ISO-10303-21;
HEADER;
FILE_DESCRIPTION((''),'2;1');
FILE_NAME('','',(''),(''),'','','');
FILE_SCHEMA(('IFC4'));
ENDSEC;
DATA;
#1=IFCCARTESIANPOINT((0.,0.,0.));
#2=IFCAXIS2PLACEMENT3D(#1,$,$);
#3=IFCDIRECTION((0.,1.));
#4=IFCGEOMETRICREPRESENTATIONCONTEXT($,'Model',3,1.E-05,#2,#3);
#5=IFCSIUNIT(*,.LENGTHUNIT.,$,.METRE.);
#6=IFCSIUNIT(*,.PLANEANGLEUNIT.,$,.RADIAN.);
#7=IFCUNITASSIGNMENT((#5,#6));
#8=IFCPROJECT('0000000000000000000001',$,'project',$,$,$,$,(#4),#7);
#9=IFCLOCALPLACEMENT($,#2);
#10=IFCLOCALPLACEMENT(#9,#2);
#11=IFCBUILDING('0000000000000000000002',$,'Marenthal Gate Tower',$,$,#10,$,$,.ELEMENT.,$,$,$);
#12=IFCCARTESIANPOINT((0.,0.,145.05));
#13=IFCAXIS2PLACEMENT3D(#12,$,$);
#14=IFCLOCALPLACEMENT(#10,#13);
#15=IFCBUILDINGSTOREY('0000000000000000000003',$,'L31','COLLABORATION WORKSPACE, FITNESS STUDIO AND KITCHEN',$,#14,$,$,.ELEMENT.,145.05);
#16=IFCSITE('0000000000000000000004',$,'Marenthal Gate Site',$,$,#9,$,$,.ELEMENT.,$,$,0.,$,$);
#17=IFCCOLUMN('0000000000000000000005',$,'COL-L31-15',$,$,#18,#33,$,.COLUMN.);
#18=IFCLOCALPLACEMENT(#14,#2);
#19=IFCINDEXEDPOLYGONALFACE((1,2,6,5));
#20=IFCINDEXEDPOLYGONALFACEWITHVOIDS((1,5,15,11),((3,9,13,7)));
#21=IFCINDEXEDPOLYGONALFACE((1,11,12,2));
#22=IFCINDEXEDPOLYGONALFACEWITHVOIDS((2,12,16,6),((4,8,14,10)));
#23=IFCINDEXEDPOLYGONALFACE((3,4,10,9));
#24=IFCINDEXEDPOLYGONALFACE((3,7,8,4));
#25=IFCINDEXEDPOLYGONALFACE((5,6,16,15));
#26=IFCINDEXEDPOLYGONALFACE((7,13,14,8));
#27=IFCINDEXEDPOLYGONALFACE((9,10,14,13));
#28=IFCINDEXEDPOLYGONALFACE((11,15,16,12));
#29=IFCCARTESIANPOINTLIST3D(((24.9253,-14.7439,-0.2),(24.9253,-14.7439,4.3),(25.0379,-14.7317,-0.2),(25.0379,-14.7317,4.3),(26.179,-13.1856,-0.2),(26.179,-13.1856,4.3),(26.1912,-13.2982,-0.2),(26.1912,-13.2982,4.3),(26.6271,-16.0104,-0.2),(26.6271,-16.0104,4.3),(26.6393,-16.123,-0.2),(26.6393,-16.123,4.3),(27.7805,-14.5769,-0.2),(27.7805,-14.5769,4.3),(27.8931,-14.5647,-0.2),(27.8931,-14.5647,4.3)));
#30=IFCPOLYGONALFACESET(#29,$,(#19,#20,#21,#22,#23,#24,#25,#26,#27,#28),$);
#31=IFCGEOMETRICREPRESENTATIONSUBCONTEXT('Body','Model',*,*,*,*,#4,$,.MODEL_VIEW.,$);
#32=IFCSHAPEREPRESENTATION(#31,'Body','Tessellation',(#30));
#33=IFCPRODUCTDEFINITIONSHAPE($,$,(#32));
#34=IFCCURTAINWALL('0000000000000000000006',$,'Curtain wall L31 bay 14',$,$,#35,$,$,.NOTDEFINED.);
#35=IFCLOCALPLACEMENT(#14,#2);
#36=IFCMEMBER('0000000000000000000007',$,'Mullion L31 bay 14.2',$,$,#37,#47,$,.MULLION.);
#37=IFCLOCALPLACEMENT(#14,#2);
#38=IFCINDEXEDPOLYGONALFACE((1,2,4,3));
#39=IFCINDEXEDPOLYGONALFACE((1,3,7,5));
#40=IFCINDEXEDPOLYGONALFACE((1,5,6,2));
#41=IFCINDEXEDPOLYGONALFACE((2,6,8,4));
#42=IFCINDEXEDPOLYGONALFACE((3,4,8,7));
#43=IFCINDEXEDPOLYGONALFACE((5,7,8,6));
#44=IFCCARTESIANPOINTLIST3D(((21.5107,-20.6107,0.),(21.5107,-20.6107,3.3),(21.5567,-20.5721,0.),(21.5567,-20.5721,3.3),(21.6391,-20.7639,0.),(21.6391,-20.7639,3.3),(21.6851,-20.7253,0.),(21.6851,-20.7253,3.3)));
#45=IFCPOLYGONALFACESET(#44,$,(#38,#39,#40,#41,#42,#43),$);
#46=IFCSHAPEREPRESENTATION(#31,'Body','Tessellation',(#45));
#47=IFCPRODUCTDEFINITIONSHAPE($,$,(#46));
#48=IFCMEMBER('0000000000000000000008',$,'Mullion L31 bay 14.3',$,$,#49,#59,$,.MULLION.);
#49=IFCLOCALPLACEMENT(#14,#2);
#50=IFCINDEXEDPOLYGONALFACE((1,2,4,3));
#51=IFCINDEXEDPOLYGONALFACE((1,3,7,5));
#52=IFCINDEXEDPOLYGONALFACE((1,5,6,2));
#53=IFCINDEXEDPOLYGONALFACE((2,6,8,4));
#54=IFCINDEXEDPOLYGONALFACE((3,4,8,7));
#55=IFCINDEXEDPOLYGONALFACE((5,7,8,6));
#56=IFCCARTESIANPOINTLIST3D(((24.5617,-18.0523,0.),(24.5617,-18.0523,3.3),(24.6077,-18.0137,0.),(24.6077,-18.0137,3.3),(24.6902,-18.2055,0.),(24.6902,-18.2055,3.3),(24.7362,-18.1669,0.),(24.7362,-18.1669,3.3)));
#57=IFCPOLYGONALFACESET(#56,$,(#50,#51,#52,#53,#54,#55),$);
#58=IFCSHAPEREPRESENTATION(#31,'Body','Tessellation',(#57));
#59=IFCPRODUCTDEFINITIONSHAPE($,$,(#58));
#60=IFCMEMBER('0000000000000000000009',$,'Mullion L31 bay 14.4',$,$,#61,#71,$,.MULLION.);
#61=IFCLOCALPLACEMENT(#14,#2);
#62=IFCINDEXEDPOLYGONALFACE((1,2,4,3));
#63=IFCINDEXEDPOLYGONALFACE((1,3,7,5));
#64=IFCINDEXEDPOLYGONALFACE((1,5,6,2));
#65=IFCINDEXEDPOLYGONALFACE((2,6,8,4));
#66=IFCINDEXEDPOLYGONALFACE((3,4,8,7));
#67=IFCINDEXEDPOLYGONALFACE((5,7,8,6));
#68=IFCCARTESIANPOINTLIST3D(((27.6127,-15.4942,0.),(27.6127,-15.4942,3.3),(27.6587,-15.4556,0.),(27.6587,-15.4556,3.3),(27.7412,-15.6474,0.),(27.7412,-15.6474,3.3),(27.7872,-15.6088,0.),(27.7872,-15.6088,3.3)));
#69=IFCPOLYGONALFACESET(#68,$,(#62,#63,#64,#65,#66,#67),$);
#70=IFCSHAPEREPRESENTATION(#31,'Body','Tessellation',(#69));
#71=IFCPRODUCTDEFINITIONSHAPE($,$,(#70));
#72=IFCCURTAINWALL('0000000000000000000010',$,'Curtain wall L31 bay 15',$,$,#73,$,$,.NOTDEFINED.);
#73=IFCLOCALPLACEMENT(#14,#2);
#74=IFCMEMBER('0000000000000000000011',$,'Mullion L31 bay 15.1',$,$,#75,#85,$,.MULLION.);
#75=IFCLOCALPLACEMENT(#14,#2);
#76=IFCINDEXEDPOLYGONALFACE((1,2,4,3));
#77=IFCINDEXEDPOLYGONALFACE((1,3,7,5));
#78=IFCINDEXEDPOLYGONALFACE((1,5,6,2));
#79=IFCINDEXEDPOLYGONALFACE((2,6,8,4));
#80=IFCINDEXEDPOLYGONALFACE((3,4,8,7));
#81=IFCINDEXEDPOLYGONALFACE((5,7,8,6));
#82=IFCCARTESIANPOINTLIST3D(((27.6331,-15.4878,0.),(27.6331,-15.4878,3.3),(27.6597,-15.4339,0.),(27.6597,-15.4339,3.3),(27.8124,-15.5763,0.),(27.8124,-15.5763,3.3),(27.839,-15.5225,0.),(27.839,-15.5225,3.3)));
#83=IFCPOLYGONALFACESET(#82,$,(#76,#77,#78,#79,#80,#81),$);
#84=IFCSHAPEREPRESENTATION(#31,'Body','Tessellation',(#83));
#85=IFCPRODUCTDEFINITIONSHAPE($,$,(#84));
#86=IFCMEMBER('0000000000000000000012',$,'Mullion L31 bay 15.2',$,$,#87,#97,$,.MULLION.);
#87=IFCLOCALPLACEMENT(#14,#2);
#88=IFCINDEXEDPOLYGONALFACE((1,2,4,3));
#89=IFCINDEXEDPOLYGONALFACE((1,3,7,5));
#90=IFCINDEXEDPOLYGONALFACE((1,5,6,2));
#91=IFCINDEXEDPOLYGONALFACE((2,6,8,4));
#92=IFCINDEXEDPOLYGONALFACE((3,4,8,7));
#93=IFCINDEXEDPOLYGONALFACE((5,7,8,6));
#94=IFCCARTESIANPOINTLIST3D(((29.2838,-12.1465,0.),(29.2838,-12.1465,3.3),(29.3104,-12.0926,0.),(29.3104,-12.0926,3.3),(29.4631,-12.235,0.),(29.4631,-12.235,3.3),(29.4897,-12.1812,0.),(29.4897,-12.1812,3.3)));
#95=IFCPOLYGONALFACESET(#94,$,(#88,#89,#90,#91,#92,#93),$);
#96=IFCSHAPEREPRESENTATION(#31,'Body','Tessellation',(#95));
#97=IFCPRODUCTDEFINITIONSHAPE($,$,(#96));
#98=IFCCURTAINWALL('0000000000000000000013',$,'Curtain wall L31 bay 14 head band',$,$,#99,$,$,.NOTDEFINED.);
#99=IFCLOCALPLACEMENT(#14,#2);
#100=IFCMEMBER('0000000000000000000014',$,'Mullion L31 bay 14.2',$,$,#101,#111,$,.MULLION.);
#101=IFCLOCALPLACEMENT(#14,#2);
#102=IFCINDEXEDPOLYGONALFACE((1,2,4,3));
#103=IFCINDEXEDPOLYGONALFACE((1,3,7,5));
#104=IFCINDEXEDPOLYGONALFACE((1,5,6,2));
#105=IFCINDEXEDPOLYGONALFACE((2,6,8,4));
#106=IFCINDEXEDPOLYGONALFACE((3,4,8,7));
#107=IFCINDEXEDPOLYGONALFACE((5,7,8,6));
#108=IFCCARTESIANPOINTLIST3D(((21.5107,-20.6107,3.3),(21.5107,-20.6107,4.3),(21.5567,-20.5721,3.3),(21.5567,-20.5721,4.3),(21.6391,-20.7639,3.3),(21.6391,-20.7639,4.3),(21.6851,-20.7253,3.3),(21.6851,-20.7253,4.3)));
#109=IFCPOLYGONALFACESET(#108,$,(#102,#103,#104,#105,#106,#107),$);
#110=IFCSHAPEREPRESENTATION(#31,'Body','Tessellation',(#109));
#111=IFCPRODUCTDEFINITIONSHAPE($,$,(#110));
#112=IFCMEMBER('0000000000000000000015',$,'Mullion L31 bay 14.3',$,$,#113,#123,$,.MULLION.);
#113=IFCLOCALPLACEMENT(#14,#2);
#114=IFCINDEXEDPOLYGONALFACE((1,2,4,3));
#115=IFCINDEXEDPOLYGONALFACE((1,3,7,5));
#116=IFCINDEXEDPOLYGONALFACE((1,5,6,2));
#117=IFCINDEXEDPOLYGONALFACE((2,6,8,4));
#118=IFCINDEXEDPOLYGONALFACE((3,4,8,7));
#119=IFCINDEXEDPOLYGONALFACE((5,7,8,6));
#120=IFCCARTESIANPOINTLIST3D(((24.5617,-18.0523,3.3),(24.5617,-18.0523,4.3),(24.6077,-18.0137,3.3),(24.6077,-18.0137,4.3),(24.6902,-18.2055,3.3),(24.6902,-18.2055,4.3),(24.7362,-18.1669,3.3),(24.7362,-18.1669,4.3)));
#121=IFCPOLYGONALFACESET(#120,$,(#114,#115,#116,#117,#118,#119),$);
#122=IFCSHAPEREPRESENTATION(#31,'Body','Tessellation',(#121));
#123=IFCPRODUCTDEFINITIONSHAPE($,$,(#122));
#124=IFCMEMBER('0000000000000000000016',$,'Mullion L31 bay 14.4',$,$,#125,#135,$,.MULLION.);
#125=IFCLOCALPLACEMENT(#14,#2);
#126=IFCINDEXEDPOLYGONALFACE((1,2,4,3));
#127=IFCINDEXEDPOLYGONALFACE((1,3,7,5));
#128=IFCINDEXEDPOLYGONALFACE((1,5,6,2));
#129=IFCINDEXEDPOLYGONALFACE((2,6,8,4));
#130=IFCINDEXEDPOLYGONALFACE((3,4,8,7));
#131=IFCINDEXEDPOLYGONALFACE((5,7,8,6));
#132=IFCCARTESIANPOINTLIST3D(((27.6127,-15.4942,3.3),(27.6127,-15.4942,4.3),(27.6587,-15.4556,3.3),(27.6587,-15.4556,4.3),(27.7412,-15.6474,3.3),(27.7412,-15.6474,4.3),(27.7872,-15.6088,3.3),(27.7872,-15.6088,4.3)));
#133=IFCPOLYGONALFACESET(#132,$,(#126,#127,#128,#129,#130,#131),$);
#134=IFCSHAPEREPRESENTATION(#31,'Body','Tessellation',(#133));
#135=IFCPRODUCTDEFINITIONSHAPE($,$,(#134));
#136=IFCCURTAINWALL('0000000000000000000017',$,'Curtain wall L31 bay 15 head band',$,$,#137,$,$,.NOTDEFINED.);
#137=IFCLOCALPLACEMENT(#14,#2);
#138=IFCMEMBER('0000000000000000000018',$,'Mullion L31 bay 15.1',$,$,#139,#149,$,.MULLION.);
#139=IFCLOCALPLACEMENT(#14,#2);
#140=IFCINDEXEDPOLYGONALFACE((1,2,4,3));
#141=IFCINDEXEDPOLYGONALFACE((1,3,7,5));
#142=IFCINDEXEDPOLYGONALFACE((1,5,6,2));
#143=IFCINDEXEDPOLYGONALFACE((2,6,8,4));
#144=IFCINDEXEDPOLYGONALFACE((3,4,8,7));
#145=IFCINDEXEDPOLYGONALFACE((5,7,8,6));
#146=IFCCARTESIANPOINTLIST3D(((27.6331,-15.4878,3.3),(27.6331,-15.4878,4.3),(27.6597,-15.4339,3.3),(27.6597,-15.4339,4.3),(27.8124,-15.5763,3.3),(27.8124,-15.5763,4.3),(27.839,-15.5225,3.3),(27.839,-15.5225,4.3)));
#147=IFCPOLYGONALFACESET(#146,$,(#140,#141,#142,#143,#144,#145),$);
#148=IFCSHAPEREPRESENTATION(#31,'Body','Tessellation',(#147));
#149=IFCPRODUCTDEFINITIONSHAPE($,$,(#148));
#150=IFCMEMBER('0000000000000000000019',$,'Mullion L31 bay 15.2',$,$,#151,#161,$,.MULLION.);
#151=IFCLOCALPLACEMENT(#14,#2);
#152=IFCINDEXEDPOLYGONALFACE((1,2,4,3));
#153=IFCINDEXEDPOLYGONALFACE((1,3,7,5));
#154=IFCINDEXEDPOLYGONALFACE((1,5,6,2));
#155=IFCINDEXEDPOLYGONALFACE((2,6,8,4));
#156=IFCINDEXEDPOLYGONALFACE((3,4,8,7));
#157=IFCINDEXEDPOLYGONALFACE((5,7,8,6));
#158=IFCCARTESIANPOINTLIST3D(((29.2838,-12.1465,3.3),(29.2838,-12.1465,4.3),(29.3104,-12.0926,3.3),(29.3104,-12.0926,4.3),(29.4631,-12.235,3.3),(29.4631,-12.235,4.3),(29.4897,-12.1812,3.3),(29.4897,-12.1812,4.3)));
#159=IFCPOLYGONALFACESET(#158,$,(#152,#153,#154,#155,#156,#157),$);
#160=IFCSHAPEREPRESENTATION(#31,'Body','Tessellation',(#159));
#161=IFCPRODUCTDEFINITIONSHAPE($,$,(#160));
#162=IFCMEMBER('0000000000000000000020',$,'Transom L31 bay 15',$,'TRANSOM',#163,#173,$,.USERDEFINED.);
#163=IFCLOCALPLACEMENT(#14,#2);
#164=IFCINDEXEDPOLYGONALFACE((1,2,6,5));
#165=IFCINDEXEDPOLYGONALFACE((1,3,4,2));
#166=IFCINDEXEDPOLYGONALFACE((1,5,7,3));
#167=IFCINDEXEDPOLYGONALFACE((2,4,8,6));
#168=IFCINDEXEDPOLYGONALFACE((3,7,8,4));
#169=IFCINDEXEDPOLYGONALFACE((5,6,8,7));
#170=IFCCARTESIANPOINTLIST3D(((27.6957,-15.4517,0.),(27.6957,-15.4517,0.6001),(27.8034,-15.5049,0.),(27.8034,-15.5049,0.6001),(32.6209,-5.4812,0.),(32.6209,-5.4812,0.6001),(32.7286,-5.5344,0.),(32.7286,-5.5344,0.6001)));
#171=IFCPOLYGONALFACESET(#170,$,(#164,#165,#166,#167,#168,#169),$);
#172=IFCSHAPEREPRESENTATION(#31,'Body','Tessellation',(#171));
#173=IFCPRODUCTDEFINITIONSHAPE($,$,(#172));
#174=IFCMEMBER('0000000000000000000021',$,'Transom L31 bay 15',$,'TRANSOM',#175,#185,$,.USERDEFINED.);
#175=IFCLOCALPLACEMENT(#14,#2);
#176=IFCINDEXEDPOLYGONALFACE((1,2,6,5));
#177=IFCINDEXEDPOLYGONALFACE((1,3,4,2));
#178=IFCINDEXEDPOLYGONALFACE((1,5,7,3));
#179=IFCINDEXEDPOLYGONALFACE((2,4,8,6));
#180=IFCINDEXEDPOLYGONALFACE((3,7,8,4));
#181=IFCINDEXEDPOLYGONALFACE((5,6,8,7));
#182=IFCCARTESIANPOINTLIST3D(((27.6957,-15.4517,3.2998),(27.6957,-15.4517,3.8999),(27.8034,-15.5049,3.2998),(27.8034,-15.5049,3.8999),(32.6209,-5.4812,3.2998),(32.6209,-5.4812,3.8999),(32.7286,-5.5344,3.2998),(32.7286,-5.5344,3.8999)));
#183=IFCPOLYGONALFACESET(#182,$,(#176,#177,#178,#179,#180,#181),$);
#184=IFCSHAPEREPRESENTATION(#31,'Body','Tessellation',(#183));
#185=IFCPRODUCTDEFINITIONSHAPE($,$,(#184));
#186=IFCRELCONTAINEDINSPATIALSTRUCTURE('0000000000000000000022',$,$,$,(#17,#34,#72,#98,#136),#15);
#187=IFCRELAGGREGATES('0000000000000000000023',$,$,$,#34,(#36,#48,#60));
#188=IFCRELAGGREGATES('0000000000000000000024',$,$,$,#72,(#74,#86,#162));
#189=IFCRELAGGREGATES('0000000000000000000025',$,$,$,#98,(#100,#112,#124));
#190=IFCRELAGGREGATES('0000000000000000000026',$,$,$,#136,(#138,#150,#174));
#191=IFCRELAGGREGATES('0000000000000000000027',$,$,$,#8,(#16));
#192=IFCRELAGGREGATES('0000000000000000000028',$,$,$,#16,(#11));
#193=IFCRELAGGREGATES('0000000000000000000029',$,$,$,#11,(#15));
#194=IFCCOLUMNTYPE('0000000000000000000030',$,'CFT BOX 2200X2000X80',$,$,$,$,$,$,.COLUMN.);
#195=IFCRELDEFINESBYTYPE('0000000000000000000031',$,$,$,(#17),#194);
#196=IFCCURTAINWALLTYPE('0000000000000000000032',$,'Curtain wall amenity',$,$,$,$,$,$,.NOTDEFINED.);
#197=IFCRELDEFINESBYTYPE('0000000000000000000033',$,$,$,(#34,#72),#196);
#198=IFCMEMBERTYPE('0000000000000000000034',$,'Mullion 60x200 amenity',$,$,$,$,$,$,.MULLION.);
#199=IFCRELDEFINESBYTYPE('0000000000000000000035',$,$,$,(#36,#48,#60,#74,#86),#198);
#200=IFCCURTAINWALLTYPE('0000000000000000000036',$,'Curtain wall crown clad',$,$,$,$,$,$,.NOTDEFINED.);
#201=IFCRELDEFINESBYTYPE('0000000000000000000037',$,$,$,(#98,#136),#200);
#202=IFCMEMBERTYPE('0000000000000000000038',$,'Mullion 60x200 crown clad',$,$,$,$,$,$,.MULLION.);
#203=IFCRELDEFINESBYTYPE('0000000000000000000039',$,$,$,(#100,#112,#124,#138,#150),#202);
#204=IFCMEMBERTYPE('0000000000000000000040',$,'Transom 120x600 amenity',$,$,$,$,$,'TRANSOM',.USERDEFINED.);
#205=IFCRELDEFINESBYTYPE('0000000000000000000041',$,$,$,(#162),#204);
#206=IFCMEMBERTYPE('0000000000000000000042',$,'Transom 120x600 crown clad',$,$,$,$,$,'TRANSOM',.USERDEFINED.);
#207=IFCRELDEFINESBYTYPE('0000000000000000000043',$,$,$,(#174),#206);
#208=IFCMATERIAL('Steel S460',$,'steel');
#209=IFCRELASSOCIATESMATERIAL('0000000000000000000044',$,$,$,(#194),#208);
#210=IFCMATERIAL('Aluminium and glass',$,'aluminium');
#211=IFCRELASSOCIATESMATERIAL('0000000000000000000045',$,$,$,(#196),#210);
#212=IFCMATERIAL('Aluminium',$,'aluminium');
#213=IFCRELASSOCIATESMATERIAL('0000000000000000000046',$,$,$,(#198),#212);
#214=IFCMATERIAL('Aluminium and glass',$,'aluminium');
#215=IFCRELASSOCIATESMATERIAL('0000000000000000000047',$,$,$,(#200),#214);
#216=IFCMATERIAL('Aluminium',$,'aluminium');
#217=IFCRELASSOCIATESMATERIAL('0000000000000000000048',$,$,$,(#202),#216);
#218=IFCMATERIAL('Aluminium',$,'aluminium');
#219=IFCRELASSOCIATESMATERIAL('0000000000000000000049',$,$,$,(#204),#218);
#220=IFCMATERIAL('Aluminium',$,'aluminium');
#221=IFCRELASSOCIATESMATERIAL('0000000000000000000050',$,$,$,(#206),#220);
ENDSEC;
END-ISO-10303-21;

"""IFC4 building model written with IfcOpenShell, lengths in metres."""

from ifc_helpers import new_model, si_unit, direction, frame, origin, origin_2d, place, context, subcontext, project, spatial, rectangle, hollow_rectangle, extrude, material, material_profile, profile_set, type_object, element, aggregate, save


model = new_model("IFC4")

# Units and contexts
model_context = context("Model", 3, precision=1e-05, world=origin(), true_north=direction((0.0, 1.0)))
body_context = subcontext(model_context, "Body", "Model", "MODEL_VIEW")
ifc_project = project(units=[si_unit("LENGTHUNIT", "METRE"), si_unit("PLANEANGLEUNIT", "RADIAN")], contexts=[model_context])

# Site, building, storey
site_placement = place(None, origin())
site = spatial("IfcSite", under=ifc_project, at=site_placement, Name="Marenthal Gate Site", CompositionType="ELEMENT", RefElevation=0.0)
building_placement = place(site_placement, origin())
building = spatial("IfcBuilding", under=site, at=building_placement, Name="Marenthal Gate Tower", CompositionType="ELEMENT")
storey_placement = place(building_placement, frame((0.0, 0.0, 145.05)))
storey = spatial("IfcBuildingStorey", under=building, at=storey_placement, Name="L31", Description="COLLABORATION WORKSPACE, FITNESS STUDIO AND KITCHEN", CompositionType="ELEMENT", Elevation=145.05)

# Column
ifc_material_1 = material(Name="Steel S460", Category="steel")
ifc_material_profile_1 = material_profile(ifc_material_1, hollow_rectangle(XDim=2.0, YDim=2.2, WallThickness=0.0801, at=origin_2d()), Name="CFT BOX 2200X2000X80")
ifc_material_2 = material(Name="Concrete 70 MPa", Category="concrete")
ifc_material_profile_2 = material_profile(ifc_material_2, rectangle(XDim=1.8401, YDim=2.04, at=origin_2d()), Name="CFT BOX 2200X2000X80 INFILL")
ifc_profile_set_1 = profile_set([ifc_material_profile_1, ifc_material_profile_2], Name="Steel S460 shell, Concrete 70 MPa infill")
column_type = type_object("IfcColumnType", Name="CFT BOX 2200X2000X80", PredefinedType="COLUMN", material=ifc_profile_set_1)
column_placement = place(storey_placement, frame((26.4092, -14.6543, -0.2), z_axis=(0.0, 0.0, 1.0), x_axis=(-0.626873, -0.779121, 0.0)))
element("IfcColumn", 1, at=column_placement, inside=storey, type_object=column_type, Name="COL-L31-15", PredefinedType="COLUMN", context=body_context, shape_type="SweptSolid", body=[
    extrude(hollow_rectangle(XDim=2.0, YDim=2.2, WallThickness=0.0801, at=origin_2d()), origin(), (0.0, 0.0, 1.0), 4.5),
])

# Curtain walls, members
ifc_material_3 = material(Name="Aluminium and glass", Category="aluminium")
curtain_wall_type_1 = type_object("IfcCurtainWallType", Name="Curtain wall amenity", PredefinedType="NOTDEFINED", material=ifc_material_3)
curtain_wall_1_placement = place(storey_placement, origin())
curtain_wall_1 = element("IfcCurtainWall", 2, at=curtain_wall_1_placement, inside=storey, type_object=curtain_wall_type_1, Name="Curtain wall L31 bay 14", PredefinedType="NOTDEFINED")
ifc_material_4 = material(Name="Aluminium", Category="aluminium")
ifc_material_profile_3 = material_profile(ifc_material_4, rectangle(XDim=0.2, YDim=0.0601, at=origin_2d()), Name="60x200 aluminium mullion")
ifc_profile_set_2 = profile_set([ifc_material_profile_3], Name="Aluminium")
member_type_1 = type_object("IfcMemberType", Name="Mullion 60x200 amenity", PredefinedType="MULLION", material=ifc_profile_set_2)
member_1_placement = place(storey_placement, frame((21.5979, -20.668, 0.0), z_axis=(0.0, 0.0, 1.0), x_axis=(-0.642511, 0.766277, 0.0)))
member_1 = element("IfcMember", 3, at=member_1_placement, type_object=member_type_1, Name="Mullion L31 bay 14.2", PredefinedType="MULLION", context=body_context, shape_type="SweptSolid", body=[
    extrude(rectangle(XDim=0.2, YDim=0.0601, at=origin_2d()), origin(), (0.0, 0.0, 1.0), 3.3),
])
member_2_placement = place(storey_placement, frame((24.6489, -18.1096, 0.0), z_axis=(0.0, 0.0, 1.0), x_axis=(-0.642511, 0.766277, 0.0)))
member_2 = element("IfcMember", 4, at=member_2_placement, type_object=member_type_1, Name="Mullion L31 bay 14.3", PredefinedType="MULLION", context=body_context, shape_type="SweptSolid", body=[
    extrude(rectangle(XDim=0.2, YDim=0.0601, at=origin_2d()), origin(), (0.0, 0.0, 1.0), 3.3),
])
member_3_placement = place(storey_placement, frame((27.7, -15.5515, 0.0), z_axis=(0.0, 0.0, 1.0), x_axis=(-0.642511, 0.766277, 0.0)))
member_3 = element("IfcMember", 5, at=member_3_placement, type_object=member_type_1, Name="Mullion L31 bay 14.4", PredefinedType="MULLION", context=body_context, shape_type="SweptSolid", body=[
    extrude(rectangle(XDim=0.2, YDim=0.0601, at=origin_2d()), origin(), (0.0, 0.0, 1.0), 3.3),
])
curtain_wall_2_placement = place(storey_placement, origin())
curtain_wall_2 = element("IfcCurtainWall", 6, at=curtain_wall_2_placement, inside=storey, type_object=curtain_wall_type_1, Name="Curtain wall L31 bay 15", PredefinedType="NOTDEFINED")
member_4_placement = place(storey_placement, frame((27.7361, -15.5051, 0.0), z_axis=(0.0, 0.0, 1.0), x_axis=(-0.896573, 0.442895, 0.0)))
member_4 = element("IfcMember", 7, at=member_4_placement, type_object=member_type_1, Name="Mullion L31 bay 15.1", PredefinedType="MULLION", context=body_context, shape_type="SweptSolid", body=[
    extrude(rectangle(XDim=0.2, YDim=0.0601, at=origin_2d()), origin(), (0.0, 0.0, 1.0), 3.3),
])
member_5_placement = place(storey_placement, frame((29.3867, -12.1638, 0.0), z_axis=(0.0, 0.0, 1.0), x_axis=(-0.896573, 0.442895, 0.0)))
member_5 = element("IfcMember", 8, at=member_5_placement, type_object=member_type_1, Name="Mullion L31 bay 15.2", PredefinedType="MULLION", context=body_context, shape_type="SweptSolid", body=[
    extrude(rectangle(XDim=0.2, YDim=0.0601, at=origin_2d()), origin(), (0.0, 0.0, 1.0), 3.3),
])
ifc_material_5 = material(Name="Aluminium and glass", Category="aluminium")
curtain_wall_type_2 = type_object("IfcCurtainWallType", Name="Curtain wall crown clad", PredefinedType="NOTDEFINED", material=ifc_material_5)
curtain_wall_3_placement = place(storey_placement, origin())
curtain_wall_3 = element("IfcCurtainWall", 9, at=curtain_wall_3_placement, inside=storey, type_object=curtain_wall_type_2, Name="Curtain wall L31 bay 14 head band", PredefinedType="NOTDEFINED")
ifc_material_6 = material(Name="Aluminium", Category="aluminium")
ifc_material_profile_4 = material_profile(ifc_material_6, rectangle(XDim=0.2, YDim=0.0601, at=origin_2d()), Name="60x200 aluminium mullion")
ifc_profile_set_3 = profile_set([ifc_material_profile_4], Name="Aluminium")
member_type_2 = type_object("IfcMemberType", Name="Mullion 60x200 crown clad", PredefinedType="MULLION", material=ifc_profile_set_3)
member_6_placement = place(storey_placement, frame((21.5979, -20.668, 3.3), z_axis=(0.0, 0.0, 1.0), x_axis=(-0.642511, 0.766277, 0.0)))
member_6 = element("IfcMember", 10, at=member_6_placement, type_object=member_type_2, Name="Mullion L31 bay 14.2", PredefinedType="MULLION", context=body_context, shape_type="SweptSolid", body=[
    extrude(rectangle(XDim=0.2, YDim=0.0601, at=origin_2d()), origin(), (0.0, 0.0, 1.0), 1.0),
])
member_7_placement = place(storey_placement, frame((24.6489, -18.1096, 3.3), z_axis=(0.0, 0.0, 1.0), x_axis=(-0.642511, 0.766277, 0.0)))
member_7 = element("IfcMember", 11, at=member_7_placement, type_object=member_type_2, Name="Mullion L31 bay 14.3", PredefinedType="MULLION", context=body_context, shape_type="SweptSolid", body=[
    extrude(rectangle(XDim=0.2, YDim=0.0601, at=origin_2d()), origin(), (0.0, 0.0, 1.0), 1.0),
])
member_8_placement = place(storey_placement, frame((27.7, -15.5515, 3.3), z_axis=(0.0, 0.0, 1.0), x_axis=(-0.642511, 0.766277, 0.0)))
member_8 = element("IfcMember", 12, at=member_8_placement, type_object=member_type_2, Name="Mullion L31 bay 14.4", PredefinedType="MULLION", context=body_context, shape_type="SweptSolid", body=[
    extrude(rectangle(XDim=0.2, YDim=0.0601, at=origin_2d()), origin(), (0.0, 0.0, 1.0), 1.0),
])
curtain_wall_4_placement = place(storey_placement, origin())
curtain_wall_4 = element("IfcCurtainWall", 13, at=curtain_wall_4_placement, inside=storey, type_object=curtain_wall_type_2, Name="Curtain wall L31 bay 15 head band", PredefinedType="NOTDEFINED")
member_9_placement = place(storey_placement, frame((27.7361, -15.5051, 3.3), z_axis=(0.0, 0.0, 1.0), x_axis=(-0.896573, 0.442895, 0.0)))
member_9 = element("IfcMember", 14, at=member_9_placement, type_object=member_type_2, Name="Mullion L31 bay 15.1", PredefinedType="MULLION", context=body_context, shape_type="SweptSolid", body=[
    extrude(rectangle(XDim=0.2, YDim=0.0601, at=origin_2d()), origin(), (0.0, 0.0, 1.0), 1.0),
])
member_10_placement = place(storey_placement, frame((29.3867, -12.1638, 3.3), z_axis=(0.0, 0.0, 1.0), x_axis=(-0.896573, 0.442895, 0.0)))
member_10 = element("IfcMember", 15, at=member_10_placement, type_object=member_type_2, Name="Mullion L31 bay 15.2", PredefinedType="MULLION", context=body_context, shape_type="SweptSolid", body=[
    extrude(rectangle(XDim=0.2, YDim=0.0601, at=origin_2d()), origin(), (0.0, 0.0, 1.0), 1.0),
])

# Members
ifc_material_7 = material(Name="Aluminium", Category="aluminium")
ifc_material_profile_5 = material_profile(ifc_material_7, rectangle(XDim=0.1201, YDim=0.6001, at=origin_2d()), Name="120x600 aluminium transom")
ifc_profile_set_4 = profile_set([ifc_material_profile_5], Name="Aluminium")
member_type_3 = type_object("IfcMemberType", Name="Transom 120x600 amenity", ElementType="TRANSOM", PredefinedType="USERDEFINED", material=ifc_profile_set_4)
member_11_placement = place(storey_placement, frame((27.7495, -15.4783, 0.3), z_axis=(0.442897, 0.896573, 0.0), x_axis=(-0.896573, 0.442897, 0.0)))
member_11 = element("IfcMember", 16, at=member_11_placement, type_object=member_type_3, Name="Transom L31 bay 15", ObjectType="TRANSOM", PredefinedType="USERDEFINED", context=body_context, shape_type="SweptSolid", body=[
    extrude(rectangle(XDim=0.1201, YDim=0.6001, at=origin_2d()), origin(), (0.0, 0.0, 1.0), 11.1206),
])
ifc_material_8 = material(Name="Aluminium", Category="aluminium")
ifc_material_profile_6 = material_profile(ifc_material_8, rectangle(XDim=0.1201, YDim=0.6001, at=origin_2d()), Name="120x600 aluminium transom")
ifc_profile_set_5 = profile_set([ifc_material_profile_6], Name="Aluminium")
member_type_4 = type_object("IfcMemberType", Name="Transom 120x600 crown clad", ElementType="TRANSOM", PredefinedType="USERDEFINED", material=ifc_profile_set_5)
member_12_placement = place(storey_placement, frame((27.7495, -15.4783, 3.5999), z_axis=(0.442897, 0.896573, 0.0), x_axis=(-0.896573, 0.442897, 0.0)))
member_12 = element("IfcMember", 17, at=member_12_placement, type_object=member_type_4, Name="Transom L31 bay 15", ObjectType="TRANSOM", PredefinedType="USERDEFINED", context=body_context, shape_type="SweptSolid", body=[
    extrude(rectangle(XDim=0.1201, YDim=0.6001, at=origin_2d()), origin(), (0.0, 0.0, 1.0), 11.1206),
])

aggregate(curtain_wall_1, [member_1, member_2, member_3])
aggregate(curtain_wall_2, [member_4, member_5, member_11])
aggregate(curtain_wall_3, [member_6, member_7, member_8])
aggregate(curtain_wall_4, [member_9, member_10, member_12])

save(model, "model.ifc")
